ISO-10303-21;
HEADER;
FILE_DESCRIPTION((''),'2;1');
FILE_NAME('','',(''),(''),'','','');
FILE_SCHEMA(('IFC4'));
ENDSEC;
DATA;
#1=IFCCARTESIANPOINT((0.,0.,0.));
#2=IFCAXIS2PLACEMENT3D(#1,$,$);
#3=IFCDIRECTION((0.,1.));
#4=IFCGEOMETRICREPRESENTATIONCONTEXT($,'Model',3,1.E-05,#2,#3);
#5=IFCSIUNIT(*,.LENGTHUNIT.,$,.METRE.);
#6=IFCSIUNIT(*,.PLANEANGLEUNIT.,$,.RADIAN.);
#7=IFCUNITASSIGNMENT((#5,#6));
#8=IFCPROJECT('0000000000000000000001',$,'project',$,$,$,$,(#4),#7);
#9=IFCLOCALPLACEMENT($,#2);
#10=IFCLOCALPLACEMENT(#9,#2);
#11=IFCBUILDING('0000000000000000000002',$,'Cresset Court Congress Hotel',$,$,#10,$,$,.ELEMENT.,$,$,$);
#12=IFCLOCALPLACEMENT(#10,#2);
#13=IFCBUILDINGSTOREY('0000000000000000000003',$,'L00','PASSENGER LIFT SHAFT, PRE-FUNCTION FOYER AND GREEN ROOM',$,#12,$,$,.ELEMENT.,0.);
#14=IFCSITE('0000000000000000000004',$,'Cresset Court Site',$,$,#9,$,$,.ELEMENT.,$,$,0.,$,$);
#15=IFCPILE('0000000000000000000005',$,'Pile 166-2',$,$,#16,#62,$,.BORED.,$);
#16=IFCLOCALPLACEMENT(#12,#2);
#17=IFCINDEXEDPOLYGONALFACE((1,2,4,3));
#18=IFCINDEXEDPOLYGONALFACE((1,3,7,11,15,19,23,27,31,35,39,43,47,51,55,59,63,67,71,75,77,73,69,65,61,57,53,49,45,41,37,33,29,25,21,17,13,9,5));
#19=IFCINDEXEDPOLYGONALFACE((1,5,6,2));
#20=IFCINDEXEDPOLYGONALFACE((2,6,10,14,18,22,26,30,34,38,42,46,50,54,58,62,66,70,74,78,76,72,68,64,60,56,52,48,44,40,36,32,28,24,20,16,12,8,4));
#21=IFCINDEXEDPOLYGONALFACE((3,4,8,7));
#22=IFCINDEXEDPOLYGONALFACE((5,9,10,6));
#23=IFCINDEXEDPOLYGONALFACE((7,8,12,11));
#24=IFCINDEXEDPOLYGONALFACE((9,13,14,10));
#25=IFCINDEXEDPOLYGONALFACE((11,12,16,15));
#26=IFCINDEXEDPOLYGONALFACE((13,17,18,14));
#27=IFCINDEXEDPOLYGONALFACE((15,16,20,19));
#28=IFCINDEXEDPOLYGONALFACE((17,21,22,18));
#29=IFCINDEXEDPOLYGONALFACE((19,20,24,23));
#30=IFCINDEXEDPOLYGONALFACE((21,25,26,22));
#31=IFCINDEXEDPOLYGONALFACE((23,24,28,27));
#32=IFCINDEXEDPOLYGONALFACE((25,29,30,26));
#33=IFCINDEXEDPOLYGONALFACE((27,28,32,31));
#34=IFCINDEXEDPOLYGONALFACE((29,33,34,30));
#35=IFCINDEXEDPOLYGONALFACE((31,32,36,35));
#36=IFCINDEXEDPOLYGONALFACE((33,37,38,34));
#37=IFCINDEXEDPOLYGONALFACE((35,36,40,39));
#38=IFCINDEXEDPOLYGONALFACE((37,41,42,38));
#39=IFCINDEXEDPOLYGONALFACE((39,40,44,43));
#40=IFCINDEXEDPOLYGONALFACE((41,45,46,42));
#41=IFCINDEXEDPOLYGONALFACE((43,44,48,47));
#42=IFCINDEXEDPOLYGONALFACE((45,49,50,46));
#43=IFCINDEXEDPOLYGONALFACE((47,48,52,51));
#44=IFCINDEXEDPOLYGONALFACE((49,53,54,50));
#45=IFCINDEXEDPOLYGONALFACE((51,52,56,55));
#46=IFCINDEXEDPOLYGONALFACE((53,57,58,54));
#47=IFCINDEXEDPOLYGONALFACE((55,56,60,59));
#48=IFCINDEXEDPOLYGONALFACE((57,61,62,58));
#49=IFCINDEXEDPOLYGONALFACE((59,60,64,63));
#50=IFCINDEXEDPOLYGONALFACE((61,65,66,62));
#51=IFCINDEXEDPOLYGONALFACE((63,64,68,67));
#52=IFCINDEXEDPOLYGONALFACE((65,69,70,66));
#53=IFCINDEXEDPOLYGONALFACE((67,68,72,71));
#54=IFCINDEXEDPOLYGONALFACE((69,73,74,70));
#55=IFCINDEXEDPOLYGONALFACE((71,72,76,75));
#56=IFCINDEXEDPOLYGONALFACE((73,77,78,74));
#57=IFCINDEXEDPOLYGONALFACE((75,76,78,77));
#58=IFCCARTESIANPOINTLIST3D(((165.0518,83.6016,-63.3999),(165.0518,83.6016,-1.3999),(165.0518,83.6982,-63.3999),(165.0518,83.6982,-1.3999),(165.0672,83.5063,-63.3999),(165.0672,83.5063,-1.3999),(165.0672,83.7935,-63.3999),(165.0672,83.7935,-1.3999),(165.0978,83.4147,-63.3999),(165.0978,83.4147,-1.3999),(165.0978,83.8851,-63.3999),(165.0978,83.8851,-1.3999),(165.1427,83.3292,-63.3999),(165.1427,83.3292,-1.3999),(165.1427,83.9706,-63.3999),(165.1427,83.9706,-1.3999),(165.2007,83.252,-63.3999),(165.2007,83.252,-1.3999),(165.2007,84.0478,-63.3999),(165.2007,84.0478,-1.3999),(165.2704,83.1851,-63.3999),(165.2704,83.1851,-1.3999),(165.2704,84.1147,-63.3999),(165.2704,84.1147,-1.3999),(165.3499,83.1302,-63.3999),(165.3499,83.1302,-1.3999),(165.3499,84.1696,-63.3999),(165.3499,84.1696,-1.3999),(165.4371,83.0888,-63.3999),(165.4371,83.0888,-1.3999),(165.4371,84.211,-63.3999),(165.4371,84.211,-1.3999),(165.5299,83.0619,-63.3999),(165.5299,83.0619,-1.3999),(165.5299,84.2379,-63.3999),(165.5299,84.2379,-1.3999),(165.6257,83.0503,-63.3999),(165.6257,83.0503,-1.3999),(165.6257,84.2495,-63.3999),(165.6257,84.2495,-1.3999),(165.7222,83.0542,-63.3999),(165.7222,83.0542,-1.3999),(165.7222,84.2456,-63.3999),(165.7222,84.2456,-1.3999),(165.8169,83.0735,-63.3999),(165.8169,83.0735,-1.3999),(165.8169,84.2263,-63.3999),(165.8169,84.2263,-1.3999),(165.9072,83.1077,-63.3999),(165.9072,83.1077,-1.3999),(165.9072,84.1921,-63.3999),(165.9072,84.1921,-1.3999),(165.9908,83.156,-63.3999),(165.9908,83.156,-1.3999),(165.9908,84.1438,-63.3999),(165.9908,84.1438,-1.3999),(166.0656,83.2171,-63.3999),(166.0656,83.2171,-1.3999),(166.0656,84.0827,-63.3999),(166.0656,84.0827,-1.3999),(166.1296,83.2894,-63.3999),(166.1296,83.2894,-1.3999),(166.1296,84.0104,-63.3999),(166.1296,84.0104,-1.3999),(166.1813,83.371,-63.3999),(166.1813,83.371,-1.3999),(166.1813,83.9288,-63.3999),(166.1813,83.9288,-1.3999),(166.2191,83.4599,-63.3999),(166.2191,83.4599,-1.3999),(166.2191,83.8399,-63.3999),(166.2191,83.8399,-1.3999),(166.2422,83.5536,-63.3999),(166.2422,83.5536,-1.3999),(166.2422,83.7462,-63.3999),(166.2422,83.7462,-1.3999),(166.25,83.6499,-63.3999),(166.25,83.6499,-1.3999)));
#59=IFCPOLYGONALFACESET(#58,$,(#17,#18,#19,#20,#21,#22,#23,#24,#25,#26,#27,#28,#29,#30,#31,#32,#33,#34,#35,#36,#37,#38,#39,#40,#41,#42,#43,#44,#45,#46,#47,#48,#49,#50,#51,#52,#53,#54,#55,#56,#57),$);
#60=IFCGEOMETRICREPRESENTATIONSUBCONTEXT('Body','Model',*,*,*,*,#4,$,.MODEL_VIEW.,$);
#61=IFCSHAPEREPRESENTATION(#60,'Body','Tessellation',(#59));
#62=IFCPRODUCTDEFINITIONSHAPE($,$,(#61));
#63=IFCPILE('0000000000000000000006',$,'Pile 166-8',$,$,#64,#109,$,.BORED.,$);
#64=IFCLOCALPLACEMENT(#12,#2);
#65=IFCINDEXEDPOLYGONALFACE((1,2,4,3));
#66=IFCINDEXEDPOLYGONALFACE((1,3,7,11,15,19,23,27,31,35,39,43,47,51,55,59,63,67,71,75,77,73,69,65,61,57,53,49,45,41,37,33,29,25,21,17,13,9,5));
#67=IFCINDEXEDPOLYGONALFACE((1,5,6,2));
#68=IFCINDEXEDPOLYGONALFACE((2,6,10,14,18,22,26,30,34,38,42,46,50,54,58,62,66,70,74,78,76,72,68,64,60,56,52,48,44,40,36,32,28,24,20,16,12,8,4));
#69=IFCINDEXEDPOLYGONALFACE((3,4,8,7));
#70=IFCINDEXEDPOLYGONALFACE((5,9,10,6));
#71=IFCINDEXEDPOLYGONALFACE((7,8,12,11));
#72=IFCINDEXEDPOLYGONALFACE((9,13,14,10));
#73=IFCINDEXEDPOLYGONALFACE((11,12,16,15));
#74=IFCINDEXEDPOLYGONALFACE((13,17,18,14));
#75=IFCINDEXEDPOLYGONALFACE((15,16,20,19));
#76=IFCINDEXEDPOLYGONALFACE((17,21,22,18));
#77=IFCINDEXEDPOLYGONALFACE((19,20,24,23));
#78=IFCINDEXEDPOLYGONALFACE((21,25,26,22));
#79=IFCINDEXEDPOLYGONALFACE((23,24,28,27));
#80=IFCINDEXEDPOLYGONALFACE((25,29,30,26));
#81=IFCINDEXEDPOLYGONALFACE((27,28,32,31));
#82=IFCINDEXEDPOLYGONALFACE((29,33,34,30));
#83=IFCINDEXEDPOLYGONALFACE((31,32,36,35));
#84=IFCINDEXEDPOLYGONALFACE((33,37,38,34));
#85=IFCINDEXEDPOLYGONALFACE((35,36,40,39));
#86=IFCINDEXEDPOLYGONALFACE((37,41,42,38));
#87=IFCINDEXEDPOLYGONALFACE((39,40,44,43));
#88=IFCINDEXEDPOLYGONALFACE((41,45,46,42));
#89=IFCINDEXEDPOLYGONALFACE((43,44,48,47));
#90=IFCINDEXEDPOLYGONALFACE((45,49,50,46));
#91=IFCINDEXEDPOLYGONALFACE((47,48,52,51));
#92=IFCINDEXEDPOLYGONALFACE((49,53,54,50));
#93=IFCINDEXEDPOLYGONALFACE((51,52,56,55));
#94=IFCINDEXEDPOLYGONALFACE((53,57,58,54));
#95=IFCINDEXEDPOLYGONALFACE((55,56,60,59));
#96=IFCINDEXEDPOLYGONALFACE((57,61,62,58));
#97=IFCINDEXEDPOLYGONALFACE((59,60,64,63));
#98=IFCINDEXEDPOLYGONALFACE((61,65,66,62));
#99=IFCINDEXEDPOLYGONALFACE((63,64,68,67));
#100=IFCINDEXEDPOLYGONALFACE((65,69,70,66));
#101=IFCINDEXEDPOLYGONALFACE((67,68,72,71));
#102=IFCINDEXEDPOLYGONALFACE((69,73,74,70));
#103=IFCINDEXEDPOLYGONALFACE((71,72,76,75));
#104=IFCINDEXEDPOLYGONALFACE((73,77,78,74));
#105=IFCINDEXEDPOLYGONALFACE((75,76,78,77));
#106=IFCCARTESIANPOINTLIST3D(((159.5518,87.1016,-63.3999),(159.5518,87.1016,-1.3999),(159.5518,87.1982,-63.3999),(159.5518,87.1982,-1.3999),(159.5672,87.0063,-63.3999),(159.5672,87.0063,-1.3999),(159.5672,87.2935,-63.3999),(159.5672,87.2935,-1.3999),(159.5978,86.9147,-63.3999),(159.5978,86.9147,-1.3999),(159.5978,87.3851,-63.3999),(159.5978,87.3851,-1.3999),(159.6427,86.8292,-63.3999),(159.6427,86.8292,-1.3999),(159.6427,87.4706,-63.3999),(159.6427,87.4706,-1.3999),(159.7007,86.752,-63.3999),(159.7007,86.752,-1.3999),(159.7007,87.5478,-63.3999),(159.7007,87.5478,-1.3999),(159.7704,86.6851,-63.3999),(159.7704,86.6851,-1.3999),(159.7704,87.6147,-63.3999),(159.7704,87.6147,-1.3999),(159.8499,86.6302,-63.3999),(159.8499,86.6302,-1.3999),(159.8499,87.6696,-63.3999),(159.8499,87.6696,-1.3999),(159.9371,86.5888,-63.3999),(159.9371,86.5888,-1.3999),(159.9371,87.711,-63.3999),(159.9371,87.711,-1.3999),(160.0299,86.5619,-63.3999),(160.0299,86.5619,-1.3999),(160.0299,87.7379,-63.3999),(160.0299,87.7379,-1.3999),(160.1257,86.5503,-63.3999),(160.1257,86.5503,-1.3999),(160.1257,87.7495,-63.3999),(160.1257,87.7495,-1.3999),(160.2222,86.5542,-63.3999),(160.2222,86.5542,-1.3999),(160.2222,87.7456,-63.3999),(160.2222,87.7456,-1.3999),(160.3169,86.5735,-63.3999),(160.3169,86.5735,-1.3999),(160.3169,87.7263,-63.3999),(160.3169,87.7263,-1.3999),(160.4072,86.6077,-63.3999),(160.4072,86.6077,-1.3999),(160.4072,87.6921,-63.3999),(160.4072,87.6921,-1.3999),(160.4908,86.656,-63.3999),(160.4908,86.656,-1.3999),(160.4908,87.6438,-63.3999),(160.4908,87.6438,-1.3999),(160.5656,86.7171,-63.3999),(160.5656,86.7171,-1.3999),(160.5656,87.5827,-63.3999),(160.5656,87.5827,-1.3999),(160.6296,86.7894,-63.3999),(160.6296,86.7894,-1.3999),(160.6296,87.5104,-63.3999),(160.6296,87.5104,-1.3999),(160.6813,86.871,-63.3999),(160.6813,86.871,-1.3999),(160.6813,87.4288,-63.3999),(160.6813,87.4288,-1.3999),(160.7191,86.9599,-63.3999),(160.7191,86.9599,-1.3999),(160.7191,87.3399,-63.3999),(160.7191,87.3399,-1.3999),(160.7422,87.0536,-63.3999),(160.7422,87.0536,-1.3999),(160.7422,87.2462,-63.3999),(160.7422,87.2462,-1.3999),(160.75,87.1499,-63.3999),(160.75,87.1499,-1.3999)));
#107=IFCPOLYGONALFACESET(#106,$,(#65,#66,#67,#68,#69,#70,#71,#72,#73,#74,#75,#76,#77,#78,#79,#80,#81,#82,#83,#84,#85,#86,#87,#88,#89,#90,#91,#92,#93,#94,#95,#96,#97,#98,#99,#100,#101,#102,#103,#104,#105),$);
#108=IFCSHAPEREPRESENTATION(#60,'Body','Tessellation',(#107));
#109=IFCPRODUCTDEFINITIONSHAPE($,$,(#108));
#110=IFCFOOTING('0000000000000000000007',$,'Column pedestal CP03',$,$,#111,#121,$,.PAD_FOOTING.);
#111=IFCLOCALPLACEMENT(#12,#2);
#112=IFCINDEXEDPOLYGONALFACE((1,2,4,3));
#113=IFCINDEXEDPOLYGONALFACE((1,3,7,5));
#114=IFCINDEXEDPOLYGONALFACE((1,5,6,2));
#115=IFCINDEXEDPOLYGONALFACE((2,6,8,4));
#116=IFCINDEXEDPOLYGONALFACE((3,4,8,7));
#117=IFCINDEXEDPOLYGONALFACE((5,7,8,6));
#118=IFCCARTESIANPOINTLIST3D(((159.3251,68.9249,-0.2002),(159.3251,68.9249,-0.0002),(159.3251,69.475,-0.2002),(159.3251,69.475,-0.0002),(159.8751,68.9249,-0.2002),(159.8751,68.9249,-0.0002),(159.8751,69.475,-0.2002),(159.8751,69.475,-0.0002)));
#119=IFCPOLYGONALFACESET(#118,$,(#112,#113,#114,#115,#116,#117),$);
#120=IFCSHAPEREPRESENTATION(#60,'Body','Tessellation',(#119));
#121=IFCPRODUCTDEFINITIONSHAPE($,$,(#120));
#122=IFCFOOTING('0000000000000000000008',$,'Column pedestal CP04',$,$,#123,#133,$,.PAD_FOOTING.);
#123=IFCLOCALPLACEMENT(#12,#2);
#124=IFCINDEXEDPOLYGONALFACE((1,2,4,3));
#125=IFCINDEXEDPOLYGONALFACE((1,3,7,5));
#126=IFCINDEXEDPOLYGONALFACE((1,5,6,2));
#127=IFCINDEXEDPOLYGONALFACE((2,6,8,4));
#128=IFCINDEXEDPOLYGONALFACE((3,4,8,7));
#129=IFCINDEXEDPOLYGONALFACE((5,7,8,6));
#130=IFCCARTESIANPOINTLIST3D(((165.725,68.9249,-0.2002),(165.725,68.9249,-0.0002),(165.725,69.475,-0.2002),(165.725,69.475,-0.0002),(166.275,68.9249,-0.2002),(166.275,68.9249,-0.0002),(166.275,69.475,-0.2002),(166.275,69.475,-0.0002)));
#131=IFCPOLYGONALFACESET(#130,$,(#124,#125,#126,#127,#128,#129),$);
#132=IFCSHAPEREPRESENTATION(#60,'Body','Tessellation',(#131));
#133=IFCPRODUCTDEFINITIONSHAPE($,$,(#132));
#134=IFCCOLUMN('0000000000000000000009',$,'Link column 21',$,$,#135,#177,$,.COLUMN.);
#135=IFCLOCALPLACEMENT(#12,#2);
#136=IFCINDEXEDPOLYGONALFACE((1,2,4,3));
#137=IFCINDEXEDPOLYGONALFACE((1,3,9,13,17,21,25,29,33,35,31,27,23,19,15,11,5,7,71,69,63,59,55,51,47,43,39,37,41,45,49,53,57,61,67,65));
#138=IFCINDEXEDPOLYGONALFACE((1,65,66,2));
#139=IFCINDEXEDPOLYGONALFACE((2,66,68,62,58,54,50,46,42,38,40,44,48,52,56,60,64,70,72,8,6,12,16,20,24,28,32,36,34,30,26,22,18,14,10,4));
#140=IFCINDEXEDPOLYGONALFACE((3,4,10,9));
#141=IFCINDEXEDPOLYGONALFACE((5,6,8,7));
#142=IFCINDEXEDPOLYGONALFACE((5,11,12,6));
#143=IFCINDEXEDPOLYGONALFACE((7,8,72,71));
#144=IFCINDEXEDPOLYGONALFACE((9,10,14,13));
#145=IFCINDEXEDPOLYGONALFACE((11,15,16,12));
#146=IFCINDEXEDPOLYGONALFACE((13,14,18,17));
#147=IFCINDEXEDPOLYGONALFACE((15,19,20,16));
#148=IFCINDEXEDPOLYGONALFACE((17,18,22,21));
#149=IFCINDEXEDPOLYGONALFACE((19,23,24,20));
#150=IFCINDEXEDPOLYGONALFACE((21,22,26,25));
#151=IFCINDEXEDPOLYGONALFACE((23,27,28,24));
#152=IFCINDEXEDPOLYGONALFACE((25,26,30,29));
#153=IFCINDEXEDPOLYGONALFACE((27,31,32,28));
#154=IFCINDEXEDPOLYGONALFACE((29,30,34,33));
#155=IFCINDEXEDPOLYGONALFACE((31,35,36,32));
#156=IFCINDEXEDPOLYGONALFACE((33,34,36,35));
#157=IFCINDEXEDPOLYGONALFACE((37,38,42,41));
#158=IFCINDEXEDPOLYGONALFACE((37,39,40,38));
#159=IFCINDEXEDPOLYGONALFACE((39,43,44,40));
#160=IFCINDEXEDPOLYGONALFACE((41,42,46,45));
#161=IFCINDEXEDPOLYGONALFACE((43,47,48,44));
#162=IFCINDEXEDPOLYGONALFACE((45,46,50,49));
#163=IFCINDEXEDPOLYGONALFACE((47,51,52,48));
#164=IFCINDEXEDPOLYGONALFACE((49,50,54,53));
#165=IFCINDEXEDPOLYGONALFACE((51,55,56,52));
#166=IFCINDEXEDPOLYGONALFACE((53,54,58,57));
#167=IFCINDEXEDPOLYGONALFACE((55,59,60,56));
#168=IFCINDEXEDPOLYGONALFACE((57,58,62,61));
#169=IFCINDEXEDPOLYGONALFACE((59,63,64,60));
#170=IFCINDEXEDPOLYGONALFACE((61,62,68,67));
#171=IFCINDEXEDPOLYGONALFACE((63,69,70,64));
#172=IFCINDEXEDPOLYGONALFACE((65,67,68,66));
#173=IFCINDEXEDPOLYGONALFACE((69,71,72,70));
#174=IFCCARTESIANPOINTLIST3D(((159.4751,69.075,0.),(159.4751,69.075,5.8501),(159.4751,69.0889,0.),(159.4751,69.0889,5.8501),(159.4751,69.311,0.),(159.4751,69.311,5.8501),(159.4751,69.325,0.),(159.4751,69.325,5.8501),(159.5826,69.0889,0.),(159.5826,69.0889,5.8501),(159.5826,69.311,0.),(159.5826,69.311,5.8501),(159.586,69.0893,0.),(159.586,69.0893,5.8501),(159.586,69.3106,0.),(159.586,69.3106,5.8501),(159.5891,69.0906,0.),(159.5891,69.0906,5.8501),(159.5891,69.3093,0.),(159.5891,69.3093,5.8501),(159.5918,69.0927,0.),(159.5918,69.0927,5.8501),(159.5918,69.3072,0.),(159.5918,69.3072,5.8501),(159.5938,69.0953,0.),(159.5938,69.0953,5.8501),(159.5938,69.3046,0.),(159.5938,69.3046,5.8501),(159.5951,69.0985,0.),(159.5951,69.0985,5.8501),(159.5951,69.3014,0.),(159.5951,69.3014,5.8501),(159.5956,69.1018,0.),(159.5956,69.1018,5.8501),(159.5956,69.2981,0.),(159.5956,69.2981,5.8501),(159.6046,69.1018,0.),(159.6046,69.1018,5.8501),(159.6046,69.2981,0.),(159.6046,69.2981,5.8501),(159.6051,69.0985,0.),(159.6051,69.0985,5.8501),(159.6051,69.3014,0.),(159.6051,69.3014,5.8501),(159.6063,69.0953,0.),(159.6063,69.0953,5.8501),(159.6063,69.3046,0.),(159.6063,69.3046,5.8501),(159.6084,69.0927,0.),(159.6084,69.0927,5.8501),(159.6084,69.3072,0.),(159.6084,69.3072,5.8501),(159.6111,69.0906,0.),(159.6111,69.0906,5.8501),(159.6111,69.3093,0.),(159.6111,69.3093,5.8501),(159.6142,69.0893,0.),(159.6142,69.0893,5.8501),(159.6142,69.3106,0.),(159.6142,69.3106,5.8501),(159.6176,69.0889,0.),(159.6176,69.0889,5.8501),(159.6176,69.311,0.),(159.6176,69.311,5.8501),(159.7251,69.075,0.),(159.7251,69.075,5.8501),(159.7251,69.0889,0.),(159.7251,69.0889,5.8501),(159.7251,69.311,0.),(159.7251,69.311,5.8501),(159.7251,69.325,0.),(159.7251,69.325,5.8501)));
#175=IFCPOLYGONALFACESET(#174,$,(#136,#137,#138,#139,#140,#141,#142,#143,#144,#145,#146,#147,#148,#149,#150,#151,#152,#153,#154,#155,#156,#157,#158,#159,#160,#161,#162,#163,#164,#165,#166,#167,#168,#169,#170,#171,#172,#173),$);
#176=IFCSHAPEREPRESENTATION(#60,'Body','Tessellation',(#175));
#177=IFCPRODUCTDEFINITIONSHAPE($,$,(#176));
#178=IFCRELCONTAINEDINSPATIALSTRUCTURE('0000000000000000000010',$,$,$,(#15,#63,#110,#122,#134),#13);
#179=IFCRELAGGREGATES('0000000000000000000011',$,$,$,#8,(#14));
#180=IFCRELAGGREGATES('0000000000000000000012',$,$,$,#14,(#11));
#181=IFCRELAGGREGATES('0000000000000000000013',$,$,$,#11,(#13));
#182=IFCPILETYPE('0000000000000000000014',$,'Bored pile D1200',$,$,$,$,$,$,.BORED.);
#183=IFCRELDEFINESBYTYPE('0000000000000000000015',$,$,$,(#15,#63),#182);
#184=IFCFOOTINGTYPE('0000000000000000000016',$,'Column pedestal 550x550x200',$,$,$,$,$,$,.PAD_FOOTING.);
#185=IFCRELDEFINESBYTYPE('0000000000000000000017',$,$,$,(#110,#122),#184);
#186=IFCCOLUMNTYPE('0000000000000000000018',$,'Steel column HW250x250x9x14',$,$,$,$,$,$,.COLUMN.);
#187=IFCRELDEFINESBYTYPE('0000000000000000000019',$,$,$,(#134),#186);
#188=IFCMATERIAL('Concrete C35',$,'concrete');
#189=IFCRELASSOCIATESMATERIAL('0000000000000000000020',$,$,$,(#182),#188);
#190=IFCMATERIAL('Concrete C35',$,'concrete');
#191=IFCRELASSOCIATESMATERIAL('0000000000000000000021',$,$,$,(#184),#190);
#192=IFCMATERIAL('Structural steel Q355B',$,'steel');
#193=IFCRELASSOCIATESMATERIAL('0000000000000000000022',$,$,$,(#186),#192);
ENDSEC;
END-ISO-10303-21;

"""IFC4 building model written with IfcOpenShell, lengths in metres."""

from ifc_helpers import new_model, si_unit, direction, frame, origin, origin_2d, place, context, subcontext, project, spatial, rectangle, circle, i_section, extrude, material, material_profile, profile_set, type_object, element, save


model = new_model("IFC4")

# Units and contexts
model_context = context("Model", 3, precision=1e-05, world=origin(), true_north=direction((0.0, 1.0)))
body_context = subcontext(model_context, "Body", "Model", "MODEL_VIEW")
ifc_project = project(units=[si_unit("LENGTHUNIT", "METRE"), si_unit("PLANEANGLEUNIT", "RADIAN")], contexts=[model_context])

# Site, building, storey
site_placement = place(None, origin())
site = spatial("IfcSite", under=ifc_project, at=site_placement, Name="Cresset Court Site", CompositionType="ELEMENT", RefElevation=0.0)
building_placement = place(site_placement, origin())
building = spatial("IfcBuilding", under=site, at=building_placement, Name="Cresset Court Congress Hotel", CompositionType="ELEMENT")
storey_placement = place(building_placement, origin())
storey = spatial("IfcBuildingStorey", under=building, at=storey_placement, Name="L00", Description="PASSENGER LIFT SHAFT, PRE-FUNCTION FOYER AND GREEN ROOM", CompositionType="ELEMENT", Elevation=0.0)

# Piles
ifc_material_1 = material(Name="Concrete C35", Category="concrete")
pile_type_1 = type_object("IfcPileType", Name="Bored pile D1200", PredefinedType="BORED", material=ifc_material_1)
for number, where, z_axis, x_axis, name in (
    (1, (165.6499, 83.6499, -1.3999), (0.0, 0.0, -1.0), (1.0, 0.0, 0.0), "Pile 166-2"),
    (2, (160.1499, 87.1499, -1.3999), (0.0, 0.0, -1.0), (1.0, 0.0, 0.0), "Pile 166-8"),
):
    element("IfcPile", number, at=place(storey_placement, frame(where, z_axis=z_axis, x_axis=x_axis)), inside=storey, type_object=pile_type_1, Name=name, PredefinedType="BORED", context=body_context, shape_type="SweptSolid", body=[
        extrude(circle(Radius=0.6001, at=origin_2d()), origin(), (0.0, 0.0, 1.0), 62.0),
    ])

# Footings
ifc_material_2 = material(Name="Concrete C35", Category="concrete")
footing_type = type_object("IfcFootingType", Name="Column pedestal 550x550x200", PredefinedType="PAD_FOOTING", material=ifc_material_2)
for number, where, z_axis, x_axis, name in (
    (3, (159.6001, 69.2, -0.2002), (0.0, 0.0, 1.0), (1.0, 0.0, 0.0), "Column pedestal CP03"),
    (4, (166.0, 69.2, -0.2002), (0.0, 0.0, 1.0), (1.0, 0.0, 0.0), "Column pedestal CP04"),
):
    element("IfcFooting", number, at=place(storey_placement, frame(where, z_axis=z_axis, x_axis=x_axis)), inside=storey, type_object=footing_type, Name=name, PredefinedType="PAD_FOOTING", context=body_context, shape_type="SweptSolid", body=[
        extrude(rectangle(XDim=0.55, YDim=0.55, at=origin_2d()), origin(), (0.0, 0.0, 1.0), 0.2),
    ])

# Column
ifc_material_3 = material(Name="Structural steel Q355B", Category="steel")
ifc_material_profile_1 = material_profile(ifc_material_3, i_section(OverallWidth=0.25, OverallDepth=0.25, WebThickness=0.009, FlangeThickness=0.0139, FilletRadius=0.0129, at=origin_2d()), Name="HW250x250x9x14")
ifc_profile_set_1 = profile_set([ifc_material_profile_1], Name="Structural steel Q355B")
column_type = type_object("IfcColumnType", Name="Steel column HW250x250x9x14", PredefinedType="COLUMN", material=ifc_profile_set_1)
for number, where, z_axis, x_axis, name in (
    (5, (159.6001, 69.2, 0.0), (0.0, 0.0, 1.0), (1.0, 0.0, 0.0), "Link column 21"),
):
    element("IfcColumn", number, at=place(storey_placement, frame(where, z_axis=z_axis, x_axis=x_axis)), inside=storey, type_object=column_type, Name=name, PredefinedType="COLUMN", context=body_context, shape_type="SweptSolid", body=[
        extrude(i_section(OverallWidth=0.25, OverallDepth=0.25, WebThickness=0.009, FlangeThickness=0.0139, FilletRadius=0.0129, at=origin_2d()), origin(), (0.0, 0.0, 1.0), 5.8501),
    ])

save(model, "model.ifc")
